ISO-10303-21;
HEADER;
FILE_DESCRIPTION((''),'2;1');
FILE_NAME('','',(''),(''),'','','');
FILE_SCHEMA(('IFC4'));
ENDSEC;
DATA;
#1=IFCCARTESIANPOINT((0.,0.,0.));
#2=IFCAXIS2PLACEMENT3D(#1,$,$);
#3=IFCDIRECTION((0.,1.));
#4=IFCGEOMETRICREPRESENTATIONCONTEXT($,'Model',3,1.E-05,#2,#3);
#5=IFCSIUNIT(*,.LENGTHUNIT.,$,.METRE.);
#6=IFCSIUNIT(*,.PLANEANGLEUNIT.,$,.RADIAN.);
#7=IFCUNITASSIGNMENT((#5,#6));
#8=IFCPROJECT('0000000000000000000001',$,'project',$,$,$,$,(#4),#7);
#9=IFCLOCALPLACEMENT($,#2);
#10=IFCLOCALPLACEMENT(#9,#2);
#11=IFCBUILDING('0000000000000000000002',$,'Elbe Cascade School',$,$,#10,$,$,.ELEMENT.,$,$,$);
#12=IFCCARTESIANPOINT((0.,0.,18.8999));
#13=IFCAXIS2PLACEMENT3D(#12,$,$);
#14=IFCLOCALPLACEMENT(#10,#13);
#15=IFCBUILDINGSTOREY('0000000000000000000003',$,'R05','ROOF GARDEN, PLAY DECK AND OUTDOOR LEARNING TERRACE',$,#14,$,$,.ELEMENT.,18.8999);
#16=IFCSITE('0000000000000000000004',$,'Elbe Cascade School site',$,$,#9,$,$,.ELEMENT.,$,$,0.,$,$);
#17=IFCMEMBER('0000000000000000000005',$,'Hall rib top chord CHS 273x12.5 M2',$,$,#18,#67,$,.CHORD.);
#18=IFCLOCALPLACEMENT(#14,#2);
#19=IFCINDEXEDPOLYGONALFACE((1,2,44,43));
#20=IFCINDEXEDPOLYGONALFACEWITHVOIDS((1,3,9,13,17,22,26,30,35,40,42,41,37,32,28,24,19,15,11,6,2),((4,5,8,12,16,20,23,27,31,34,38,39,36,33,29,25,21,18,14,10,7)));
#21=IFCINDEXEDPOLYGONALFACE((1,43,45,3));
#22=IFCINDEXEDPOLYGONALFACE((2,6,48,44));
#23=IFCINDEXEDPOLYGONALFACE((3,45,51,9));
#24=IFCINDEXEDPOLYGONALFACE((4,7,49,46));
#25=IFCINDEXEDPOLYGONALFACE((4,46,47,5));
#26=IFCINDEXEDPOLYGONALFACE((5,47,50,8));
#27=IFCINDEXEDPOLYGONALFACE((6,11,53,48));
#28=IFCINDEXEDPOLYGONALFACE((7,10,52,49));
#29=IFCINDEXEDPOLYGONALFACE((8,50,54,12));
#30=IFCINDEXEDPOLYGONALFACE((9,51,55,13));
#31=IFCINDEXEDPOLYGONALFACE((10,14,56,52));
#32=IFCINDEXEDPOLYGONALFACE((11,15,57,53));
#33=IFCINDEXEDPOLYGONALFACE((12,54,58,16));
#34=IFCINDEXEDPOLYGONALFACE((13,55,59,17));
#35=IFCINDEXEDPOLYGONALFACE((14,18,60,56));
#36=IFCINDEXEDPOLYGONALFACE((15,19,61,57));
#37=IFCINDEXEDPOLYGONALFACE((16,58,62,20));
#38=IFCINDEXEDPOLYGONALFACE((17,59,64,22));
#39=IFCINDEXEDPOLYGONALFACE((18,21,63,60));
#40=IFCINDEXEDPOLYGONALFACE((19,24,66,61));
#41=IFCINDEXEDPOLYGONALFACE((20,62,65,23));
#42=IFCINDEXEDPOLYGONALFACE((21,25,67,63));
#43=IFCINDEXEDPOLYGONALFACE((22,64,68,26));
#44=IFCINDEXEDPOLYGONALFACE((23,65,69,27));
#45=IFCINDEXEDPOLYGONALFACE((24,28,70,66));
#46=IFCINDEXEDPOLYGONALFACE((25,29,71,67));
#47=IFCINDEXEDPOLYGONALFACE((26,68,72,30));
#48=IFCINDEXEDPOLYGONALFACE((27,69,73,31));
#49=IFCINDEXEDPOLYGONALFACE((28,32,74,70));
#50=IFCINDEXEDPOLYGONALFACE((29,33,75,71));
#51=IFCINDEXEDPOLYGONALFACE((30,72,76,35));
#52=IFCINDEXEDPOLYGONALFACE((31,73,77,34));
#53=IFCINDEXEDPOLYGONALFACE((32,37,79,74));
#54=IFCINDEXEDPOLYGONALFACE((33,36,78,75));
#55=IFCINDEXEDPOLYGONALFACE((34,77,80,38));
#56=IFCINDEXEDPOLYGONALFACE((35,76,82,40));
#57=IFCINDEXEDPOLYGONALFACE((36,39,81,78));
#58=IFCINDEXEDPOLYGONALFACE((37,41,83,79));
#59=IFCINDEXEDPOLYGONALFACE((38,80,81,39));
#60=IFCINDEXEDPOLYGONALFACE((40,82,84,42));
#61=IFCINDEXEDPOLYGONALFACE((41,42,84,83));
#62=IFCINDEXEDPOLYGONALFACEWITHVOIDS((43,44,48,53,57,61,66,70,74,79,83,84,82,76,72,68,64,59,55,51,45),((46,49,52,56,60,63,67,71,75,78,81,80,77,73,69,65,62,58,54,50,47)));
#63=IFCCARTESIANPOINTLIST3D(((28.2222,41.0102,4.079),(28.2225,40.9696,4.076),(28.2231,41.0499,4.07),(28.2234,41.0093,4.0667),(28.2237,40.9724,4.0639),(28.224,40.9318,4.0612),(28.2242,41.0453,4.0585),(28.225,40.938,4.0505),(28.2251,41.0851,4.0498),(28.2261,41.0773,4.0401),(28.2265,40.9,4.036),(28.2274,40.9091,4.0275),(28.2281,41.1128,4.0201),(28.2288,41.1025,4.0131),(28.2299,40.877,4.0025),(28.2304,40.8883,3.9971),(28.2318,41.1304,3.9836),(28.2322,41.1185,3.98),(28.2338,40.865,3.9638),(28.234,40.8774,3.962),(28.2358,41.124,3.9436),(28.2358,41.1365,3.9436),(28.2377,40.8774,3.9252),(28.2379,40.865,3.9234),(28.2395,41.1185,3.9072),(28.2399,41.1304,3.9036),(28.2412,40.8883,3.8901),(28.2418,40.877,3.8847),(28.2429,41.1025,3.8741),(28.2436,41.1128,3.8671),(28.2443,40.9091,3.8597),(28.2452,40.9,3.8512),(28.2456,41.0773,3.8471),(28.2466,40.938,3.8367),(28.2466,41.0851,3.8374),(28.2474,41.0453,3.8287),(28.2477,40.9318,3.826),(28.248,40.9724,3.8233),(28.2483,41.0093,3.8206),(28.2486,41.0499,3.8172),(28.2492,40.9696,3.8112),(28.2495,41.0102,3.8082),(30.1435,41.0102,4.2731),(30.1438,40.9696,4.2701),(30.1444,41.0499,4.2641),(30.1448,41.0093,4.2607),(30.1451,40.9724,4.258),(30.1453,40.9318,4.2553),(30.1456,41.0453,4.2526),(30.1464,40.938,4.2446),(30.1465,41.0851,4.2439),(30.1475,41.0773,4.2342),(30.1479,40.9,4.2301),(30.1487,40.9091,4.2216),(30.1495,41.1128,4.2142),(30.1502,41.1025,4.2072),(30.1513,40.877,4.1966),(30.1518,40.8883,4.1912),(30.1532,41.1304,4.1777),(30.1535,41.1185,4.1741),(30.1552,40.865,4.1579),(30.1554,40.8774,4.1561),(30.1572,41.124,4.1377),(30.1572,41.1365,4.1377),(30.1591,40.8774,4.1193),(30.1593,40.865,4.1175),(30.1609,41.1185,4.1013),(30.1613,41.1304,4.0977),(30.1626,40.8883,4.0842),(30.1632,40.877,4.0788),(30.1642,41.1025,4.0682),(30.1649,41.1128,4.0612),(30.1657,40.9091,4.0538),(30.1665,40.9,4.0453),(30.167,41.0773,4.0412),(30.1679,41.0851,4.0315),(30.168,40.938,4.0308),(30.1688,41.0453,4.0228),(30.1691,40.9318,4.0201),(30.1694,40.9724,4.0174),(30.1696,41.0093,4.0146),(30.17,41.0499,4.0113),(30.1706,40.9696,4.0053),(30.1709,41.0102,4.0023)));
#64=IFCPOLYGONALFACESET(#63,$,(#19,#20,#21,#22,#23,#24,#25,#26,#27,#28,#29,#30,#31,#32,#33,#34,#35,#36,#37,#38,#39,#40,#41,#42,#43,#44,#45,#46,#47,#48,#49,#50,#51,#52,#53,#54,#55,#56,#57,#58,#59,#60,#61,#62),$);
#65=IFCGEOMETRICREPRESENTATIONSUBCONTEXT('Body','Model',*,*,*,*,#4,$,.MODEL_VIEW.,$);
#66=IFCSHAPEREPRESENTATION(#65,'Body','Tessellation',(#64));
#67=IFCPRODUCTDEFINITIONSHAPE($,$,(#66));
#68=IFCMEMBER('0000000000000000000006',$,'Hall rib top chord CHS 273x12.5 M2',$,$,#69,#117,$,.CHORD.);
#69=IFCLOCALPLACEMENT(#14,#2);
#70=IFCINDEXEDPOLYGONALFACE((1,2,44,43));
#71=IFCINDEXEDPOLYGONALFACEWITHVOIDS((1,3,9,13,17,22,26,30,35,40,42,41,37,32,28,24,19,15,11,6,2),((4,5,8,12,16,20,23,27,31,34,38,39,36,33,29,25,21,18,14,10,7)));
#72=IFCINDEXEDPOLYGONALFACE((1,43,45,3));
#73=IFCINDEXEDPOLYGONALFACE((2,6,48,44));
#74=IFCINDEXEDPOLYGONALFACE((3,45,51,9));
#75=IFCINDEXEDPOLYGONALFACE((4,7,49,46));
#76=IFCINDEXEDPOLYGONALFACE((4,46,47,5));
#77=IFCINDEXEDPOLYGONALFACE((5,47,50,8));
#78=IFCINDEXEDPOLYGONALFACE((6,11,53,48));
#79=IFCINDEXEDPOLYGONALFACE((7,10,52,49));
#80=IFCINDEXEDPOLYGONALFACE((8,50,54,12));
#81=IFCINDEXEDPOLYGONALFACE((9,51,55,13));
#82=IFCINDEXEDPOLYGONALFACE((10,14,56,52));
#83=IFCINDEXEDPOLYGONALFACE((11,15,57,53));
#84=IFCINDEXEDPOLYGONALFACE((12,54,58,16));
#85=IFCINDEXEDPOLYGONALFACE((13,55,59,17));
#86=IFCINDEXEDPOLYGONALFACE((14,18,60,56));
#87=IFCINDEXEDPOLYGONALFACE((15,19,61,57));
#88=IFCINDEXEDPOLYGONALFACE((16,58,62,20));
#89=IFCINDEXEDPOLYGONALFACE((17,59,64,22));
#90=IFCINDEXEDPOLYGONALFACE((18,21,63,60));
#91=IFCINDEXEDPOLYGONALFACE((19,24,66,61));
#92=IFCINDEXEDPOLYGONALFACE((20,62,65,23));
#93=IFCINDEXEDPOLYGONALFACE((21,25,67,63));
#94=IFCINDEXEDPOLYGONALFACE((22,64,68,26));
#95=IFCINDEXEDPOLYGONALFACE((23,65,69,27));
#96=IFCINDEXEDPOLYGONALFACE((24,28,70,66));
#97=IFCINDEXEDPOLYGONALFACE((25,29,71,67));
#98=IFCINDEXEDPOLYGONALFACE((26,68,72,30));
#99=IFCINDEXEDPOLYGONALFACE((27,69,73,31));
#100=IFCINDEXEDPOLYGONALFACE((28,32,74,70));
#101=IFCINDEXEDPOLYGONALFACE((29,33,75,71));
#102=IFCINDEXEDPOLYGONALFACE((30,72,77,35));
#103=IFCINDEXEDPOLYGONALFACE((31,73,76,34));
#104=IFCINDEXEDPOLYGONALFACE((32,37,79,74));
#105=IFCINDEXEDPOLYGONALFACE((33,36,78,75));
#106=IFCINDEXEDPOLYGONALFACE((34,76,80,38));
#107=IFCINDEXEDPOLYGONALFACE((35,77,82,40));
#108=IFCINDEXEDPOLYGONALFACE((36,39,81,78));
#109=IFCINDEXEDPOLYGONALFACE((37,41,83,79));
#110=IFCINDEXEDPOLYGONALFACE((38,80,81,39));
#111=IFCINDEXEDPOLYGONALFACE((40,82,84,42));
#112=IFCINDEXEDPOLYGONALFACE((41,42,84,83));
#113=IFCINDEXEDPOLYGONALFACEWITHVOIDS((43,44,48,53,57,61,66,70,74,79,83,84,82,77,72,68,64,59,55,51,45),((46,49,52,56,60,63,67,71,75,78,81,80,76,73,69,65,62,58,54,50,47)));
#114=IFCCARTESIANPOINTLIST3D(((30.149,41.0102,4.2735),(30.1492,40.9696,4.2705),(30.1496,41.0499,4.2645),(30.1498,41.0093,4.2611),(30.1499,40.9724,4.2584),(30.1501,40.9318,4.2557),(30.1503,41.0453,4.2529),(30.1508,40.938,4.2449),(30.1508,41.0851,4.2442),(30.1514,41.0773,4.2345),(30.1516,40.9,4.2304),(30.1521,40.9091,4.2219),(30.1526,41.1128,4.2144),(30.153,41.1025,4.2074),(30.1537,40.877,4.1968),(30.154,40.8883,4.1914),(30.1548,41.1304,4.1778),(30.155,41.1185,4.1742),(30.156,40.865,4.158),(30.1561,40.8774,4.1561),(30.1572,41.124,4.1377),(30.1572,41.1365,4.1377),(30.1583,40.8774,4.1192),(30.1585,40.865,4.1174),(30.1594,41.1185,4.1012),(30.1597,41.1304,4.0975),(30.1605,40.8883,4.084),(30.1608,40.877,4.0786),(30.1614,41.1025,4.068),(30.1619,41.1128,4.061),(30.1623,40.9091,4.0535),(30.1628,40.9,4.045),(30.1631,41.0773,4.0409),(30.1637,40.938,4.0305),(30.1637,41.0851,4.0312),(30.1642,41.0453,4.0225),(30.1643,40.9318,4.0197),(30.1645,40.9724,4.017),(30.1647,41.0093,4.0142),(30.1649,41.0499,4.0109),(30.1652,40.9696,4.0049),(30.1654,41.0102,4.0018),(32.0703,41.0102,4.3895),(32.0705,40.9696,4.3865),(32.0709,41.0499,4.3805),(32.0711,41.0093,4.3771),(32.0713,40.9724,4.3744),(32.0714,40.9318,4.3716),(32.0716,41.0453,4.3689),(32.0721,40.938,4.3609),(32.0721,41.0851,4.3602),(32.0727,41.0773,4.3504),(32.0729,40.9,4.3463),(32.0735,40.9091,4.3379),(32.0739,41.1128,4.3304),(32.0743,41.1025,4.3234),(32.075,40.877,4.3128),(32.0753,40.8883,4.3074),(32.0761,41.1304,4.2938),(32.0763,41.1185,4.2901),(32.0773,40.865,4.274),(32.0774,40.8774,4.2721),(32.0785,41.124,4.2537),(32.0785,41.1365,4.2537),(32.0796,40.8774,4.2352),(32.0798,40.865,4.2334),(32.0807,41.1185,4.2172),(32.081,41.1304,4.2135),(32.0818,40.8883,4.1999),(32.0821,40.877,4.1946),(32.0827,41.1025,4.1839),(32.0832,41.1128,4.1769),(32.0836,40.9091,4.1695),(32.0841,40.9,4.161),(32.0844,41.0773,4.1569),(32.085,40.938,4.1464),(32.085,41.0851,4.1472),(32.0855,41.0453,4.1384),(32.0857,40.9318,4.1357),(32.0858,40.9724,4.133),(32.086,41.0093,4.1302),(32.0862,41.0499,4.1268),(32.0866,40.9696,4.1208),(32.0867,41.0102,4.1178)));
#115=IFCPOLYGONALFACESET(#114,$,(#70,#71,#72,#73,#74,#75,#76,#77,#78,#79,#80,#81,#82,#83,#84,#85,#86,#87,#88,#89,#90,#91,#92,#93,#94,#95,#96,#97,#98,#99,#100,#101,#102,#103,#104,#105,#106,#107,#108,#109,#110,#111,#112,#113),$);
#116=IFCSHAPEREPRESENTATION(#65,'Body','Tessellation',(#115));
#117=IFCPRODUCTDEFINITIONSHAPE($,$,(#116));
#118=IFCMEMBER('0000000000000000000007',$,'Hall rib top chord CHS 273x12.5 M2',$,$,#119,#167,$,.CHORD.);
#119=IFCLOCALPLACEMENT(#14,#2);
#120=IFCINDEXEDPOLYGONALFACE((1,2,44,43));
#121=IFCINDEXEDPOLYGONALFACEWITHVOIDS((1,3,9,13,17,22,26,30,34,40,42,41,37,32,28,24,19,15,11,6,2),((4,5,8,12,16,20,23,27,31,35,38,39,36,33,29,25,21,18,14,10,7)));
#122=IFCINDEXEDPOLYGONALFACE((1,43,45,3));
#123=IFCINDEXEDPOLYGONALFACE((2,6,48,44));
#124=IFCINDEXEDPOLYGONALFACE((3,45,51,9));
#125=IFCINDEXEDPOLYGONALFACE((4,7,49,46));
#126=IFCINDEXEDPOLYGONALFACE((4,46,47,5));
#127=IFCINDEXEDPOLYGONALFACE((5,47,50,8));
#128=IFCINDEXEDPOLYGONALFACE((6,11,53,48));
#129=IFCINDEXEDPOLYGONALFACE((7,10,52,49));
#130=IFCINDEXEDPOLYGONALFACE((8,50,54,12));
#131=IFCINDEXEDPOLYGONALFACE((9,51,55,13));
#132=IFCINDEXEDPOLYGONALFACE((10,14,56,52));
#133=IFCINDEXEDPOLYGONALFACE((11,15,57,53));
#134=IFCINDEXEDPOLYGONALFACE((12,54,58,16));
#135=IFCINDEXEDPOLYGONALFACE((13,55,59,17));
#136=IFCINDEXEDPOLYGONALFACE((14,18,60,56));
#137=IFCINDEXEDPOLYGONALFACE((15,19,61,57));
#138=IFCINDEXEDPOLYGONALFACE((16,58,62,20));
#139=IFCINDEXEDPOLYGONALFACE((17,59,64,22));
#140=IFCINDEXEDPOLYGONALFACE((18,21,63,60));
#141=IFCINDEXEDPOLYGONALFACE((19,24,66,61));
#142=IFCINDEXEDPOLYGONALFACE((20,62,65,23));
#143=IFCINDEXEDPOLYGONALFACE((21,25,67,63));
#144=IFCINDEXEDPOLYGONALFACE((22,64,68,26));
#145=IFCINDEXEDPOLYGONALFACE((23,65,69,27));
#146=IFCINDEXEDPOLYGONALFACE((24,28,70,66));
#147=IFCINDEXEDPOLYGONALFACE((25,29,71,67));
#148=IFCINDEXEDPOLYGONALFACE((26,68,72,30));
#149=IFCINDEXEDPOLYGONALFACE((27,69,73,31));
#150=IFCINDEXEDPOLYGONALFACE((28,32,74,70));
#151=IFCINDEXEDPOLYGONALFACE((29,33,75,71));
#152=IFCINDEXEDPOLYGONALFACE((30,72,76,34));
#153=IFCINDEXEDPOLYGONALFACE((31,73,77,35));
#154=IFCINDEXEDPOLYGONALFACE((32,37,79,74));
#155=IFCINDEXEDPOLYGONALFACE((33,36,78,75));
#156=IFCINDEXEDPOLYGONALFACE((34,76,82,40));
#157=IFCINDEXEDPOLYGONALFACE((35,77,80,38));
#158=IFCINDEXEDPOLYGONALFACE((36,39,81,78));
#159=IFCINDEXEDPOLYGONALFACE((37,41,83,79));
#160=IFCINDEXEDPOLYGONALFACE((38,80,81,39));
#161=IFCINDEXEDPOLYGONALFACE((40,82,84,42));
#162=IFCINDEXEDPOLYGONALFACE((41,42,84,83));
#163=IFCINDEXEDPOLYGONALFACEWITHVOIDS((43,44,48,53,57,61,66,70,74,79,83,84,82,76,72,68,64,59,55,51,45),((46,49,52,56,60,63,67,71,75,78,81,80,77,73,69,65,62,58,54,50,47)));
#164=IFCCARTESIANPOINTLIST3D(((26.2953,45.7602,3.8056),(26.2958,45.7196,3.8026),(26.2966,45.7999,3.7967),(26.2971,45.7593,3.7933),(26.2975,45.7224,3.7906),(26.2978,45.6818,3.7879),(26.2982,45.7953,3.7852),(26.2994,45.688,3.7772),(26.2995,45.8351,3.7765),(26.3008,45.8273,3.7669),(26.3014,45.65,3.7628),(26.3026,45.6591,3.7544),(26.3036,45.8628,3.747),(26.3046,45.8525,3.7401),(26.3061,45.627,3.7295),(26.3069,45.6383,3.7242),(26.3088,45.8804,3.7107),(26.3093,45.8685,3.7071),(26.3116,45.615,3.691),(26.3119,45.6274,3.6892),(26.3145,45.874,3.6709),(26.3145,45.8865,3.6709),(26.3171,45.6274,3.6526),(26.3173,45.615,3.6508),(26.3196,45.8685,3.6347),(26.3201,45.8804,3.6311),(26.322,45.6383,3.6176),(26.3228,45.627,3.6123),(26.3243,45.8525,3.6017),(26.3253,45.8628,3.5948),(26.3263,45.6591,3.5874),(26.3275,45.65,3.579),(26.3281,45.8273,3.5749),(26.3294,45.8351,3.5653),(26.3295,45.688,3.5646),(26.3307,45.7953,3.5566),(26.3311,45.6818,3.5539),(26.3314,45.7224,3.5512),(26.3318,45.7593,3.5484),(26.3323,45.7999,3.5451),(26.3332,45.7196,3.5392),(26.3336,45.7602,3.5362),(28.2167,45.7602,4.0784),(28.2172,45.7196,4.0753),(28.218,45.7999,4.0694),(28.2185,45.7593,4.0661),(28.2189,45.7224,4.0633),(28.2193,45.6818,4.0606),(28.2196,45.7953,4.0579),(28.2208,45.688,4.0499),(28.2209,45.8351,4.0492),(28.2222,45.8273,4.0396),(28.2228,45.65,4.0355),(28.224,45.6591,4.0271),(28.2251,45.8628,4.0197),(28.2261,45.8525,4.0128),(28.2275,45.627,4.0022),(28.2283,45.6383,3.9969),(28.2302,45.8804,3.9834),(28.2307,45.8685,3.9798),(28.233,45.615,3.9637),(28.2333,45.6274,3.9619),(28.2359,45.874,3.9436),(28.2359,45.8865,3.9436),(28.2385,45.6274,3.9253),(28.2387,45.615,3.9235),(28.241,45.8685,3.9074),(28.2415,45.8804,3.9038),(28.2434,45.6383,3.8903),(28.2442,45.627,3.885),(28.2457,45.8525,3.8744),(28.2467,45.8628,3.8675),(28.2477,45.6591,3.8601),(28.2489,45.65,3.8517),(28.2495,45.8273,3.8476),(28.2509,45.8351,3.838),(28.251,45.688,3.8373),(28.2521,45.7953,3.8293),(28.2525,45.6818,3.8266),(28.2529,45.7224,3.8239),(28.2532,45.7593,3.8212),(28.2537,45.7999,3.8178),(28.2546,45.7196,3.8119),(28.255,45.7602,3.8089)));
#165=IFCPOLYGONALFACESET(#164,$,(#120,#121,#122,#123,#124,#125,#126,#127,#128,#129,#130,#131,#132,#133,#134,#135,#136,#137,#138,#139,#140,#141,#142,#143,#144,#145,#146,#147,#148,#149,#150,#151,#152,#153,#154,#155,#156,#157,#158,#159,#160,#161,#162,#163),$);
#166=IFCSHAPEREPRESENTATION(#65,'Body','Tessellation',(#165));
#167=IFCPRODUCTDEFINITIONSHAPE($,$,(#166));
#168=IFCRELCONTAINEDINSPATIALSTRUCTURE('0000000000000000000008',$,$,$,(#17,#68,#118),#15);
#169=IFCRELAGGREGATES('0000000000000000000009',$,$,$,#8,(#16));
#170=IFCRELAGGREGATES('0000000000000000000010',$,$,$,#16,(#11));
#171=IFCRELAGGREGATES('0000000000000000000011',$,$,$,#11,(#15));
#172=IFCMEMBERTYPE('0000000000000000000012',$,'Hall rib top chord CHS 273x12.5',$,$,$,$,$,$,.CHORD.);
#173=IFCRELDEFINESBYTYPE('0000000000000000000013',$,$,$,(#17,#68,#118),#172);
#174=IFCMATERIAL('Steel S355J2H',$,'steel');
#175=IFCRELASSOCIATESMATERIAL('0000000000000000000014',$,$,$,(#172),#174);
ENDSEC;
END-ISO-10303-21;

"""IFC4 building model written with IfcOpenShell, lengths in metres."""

from ifc_helpers import new_model, si_unit, direction, frame, origin, origin_2d, place, context, subcontext, project, spatial, hollow_circle, extrude, material, material_profile, profile_set, type_object, element, save


model = new_model("IFC4")

# Units and contexts
model_context = context("Model", 3, precision=1e-05, world=origin(), true_north=direction((0.0, 1.0)))
body_context = subcontext(model_context, "Body", "Model", "MODEL_VIEW")
ifc_project = project(units=[si_unit("LENGTHUNIT", "METRE"), si_unit("PLANEANGLEUNIT", "RADIAN")], contexts=[model_context])

# Site, building, storey
site_placement = place(None, origin())
site = spatial("IfcSite", under=ifc_project, at=site_placement, Name="Elbe Cascade School site", CompositionType="ELEMENT", RefElevation=0.0)
building_placement = place(site_placement, origin())
building = spatial("IfcBuilding", under=site, at=building_placement, Name="Elbe Cascade School", CompositionType="ELEMENT")
storey_placement = place(building_placement, frame((0.0, 0.0, 18.8999)))
storey = spatial("IfcBuildingStorey", under=building, at=storey_placement, Name="R05", Description="ROOF GARDEN, PLAY DECK AND OUTDOOR LEARNING TERRACE", CompositionType="ELEMENT", Elevation=18.8999)

# Members
ifc_material_1 = material(Name="Steel S355J2H", Category="steel")
ifc_material_profile_1 = material_profile(ifc_material_1, hollow_circle(Radius=0.1365, WallThickness=0.0125, at=origin_2d()), Name="CHS 273x12.5")
ifc_profile_set_1 = profile_set([ifc_material_profile_1], Name="Steel S355J2H")
member_type_1 = type_object("IfcMemberType", Name="Hall rib top chord CHS 273x12.5", PredefinedType="CHORD", material=ifc_profile_set_1)
member_1_placement = place(storey_placement, frame((28.2358, 41.0, 3.9436), z_axis=(0.994937, 0.0, 0.100505), x_axis=(0.0, 1.0, 0.0)))
element("IfcMember", 1, at=member_1_placement, inside=storey, type_object=member_type_1, Name="Hall rib top chord CHS 273x12.5 M2", PredefinedType="CHORD", context=body_context, shape_type="SweptSolid", body=[
    extrude(hollow_circle(Radius=0.1365, WallThickness=0.0125, at=origin_2d()), origin(), (0.0, 0.0, 1.0), 1.9312),
])
member_2_placement = place(storey_placement, frame((30.1572, 41.0, 4.1377), z_axis=(0.998184, 0.0, 0.060246), x_axis=(0.0, 1.0, 0.0)))
element("IfcMember", 2, at=member_2_placement, inside=storey, type_object=member_type_1, Name="Hall rib top chord CHS 273x12.5 M2", PredefinedType="CHORD", context=body_context, shape_type="SweptSolid", body=[
    extrude(hollow_circle(Radius=0.1365, WallThickness=0.0125, at=origin_2d()), origin(), (0.0, 0.0, 1.0), 1.9248),
])
member_3_placement = place(storey_placement, frame((26.3145, 45.75, 3.6709), z_axis=(0.990077, 0.0, 0.140523), x_axis=(0.0, 1.0, 0.0)))
element("IfcMember", 3, at=member_3_placement, inside=storey, type_object=member_type_1, Name="Hall rib top chord CHS 273x12.5 M2", PredefinedType="CHORD", context=body_context, shape_type="SweptSolid", body=[
    extrude(hollow_circle(Radius=0.1365, WallThickness=0.0125, at=origin_2d()), origin(), (0.0, 0.0, 1.0), 1.9407),
])

save(model, "model.ifc")
